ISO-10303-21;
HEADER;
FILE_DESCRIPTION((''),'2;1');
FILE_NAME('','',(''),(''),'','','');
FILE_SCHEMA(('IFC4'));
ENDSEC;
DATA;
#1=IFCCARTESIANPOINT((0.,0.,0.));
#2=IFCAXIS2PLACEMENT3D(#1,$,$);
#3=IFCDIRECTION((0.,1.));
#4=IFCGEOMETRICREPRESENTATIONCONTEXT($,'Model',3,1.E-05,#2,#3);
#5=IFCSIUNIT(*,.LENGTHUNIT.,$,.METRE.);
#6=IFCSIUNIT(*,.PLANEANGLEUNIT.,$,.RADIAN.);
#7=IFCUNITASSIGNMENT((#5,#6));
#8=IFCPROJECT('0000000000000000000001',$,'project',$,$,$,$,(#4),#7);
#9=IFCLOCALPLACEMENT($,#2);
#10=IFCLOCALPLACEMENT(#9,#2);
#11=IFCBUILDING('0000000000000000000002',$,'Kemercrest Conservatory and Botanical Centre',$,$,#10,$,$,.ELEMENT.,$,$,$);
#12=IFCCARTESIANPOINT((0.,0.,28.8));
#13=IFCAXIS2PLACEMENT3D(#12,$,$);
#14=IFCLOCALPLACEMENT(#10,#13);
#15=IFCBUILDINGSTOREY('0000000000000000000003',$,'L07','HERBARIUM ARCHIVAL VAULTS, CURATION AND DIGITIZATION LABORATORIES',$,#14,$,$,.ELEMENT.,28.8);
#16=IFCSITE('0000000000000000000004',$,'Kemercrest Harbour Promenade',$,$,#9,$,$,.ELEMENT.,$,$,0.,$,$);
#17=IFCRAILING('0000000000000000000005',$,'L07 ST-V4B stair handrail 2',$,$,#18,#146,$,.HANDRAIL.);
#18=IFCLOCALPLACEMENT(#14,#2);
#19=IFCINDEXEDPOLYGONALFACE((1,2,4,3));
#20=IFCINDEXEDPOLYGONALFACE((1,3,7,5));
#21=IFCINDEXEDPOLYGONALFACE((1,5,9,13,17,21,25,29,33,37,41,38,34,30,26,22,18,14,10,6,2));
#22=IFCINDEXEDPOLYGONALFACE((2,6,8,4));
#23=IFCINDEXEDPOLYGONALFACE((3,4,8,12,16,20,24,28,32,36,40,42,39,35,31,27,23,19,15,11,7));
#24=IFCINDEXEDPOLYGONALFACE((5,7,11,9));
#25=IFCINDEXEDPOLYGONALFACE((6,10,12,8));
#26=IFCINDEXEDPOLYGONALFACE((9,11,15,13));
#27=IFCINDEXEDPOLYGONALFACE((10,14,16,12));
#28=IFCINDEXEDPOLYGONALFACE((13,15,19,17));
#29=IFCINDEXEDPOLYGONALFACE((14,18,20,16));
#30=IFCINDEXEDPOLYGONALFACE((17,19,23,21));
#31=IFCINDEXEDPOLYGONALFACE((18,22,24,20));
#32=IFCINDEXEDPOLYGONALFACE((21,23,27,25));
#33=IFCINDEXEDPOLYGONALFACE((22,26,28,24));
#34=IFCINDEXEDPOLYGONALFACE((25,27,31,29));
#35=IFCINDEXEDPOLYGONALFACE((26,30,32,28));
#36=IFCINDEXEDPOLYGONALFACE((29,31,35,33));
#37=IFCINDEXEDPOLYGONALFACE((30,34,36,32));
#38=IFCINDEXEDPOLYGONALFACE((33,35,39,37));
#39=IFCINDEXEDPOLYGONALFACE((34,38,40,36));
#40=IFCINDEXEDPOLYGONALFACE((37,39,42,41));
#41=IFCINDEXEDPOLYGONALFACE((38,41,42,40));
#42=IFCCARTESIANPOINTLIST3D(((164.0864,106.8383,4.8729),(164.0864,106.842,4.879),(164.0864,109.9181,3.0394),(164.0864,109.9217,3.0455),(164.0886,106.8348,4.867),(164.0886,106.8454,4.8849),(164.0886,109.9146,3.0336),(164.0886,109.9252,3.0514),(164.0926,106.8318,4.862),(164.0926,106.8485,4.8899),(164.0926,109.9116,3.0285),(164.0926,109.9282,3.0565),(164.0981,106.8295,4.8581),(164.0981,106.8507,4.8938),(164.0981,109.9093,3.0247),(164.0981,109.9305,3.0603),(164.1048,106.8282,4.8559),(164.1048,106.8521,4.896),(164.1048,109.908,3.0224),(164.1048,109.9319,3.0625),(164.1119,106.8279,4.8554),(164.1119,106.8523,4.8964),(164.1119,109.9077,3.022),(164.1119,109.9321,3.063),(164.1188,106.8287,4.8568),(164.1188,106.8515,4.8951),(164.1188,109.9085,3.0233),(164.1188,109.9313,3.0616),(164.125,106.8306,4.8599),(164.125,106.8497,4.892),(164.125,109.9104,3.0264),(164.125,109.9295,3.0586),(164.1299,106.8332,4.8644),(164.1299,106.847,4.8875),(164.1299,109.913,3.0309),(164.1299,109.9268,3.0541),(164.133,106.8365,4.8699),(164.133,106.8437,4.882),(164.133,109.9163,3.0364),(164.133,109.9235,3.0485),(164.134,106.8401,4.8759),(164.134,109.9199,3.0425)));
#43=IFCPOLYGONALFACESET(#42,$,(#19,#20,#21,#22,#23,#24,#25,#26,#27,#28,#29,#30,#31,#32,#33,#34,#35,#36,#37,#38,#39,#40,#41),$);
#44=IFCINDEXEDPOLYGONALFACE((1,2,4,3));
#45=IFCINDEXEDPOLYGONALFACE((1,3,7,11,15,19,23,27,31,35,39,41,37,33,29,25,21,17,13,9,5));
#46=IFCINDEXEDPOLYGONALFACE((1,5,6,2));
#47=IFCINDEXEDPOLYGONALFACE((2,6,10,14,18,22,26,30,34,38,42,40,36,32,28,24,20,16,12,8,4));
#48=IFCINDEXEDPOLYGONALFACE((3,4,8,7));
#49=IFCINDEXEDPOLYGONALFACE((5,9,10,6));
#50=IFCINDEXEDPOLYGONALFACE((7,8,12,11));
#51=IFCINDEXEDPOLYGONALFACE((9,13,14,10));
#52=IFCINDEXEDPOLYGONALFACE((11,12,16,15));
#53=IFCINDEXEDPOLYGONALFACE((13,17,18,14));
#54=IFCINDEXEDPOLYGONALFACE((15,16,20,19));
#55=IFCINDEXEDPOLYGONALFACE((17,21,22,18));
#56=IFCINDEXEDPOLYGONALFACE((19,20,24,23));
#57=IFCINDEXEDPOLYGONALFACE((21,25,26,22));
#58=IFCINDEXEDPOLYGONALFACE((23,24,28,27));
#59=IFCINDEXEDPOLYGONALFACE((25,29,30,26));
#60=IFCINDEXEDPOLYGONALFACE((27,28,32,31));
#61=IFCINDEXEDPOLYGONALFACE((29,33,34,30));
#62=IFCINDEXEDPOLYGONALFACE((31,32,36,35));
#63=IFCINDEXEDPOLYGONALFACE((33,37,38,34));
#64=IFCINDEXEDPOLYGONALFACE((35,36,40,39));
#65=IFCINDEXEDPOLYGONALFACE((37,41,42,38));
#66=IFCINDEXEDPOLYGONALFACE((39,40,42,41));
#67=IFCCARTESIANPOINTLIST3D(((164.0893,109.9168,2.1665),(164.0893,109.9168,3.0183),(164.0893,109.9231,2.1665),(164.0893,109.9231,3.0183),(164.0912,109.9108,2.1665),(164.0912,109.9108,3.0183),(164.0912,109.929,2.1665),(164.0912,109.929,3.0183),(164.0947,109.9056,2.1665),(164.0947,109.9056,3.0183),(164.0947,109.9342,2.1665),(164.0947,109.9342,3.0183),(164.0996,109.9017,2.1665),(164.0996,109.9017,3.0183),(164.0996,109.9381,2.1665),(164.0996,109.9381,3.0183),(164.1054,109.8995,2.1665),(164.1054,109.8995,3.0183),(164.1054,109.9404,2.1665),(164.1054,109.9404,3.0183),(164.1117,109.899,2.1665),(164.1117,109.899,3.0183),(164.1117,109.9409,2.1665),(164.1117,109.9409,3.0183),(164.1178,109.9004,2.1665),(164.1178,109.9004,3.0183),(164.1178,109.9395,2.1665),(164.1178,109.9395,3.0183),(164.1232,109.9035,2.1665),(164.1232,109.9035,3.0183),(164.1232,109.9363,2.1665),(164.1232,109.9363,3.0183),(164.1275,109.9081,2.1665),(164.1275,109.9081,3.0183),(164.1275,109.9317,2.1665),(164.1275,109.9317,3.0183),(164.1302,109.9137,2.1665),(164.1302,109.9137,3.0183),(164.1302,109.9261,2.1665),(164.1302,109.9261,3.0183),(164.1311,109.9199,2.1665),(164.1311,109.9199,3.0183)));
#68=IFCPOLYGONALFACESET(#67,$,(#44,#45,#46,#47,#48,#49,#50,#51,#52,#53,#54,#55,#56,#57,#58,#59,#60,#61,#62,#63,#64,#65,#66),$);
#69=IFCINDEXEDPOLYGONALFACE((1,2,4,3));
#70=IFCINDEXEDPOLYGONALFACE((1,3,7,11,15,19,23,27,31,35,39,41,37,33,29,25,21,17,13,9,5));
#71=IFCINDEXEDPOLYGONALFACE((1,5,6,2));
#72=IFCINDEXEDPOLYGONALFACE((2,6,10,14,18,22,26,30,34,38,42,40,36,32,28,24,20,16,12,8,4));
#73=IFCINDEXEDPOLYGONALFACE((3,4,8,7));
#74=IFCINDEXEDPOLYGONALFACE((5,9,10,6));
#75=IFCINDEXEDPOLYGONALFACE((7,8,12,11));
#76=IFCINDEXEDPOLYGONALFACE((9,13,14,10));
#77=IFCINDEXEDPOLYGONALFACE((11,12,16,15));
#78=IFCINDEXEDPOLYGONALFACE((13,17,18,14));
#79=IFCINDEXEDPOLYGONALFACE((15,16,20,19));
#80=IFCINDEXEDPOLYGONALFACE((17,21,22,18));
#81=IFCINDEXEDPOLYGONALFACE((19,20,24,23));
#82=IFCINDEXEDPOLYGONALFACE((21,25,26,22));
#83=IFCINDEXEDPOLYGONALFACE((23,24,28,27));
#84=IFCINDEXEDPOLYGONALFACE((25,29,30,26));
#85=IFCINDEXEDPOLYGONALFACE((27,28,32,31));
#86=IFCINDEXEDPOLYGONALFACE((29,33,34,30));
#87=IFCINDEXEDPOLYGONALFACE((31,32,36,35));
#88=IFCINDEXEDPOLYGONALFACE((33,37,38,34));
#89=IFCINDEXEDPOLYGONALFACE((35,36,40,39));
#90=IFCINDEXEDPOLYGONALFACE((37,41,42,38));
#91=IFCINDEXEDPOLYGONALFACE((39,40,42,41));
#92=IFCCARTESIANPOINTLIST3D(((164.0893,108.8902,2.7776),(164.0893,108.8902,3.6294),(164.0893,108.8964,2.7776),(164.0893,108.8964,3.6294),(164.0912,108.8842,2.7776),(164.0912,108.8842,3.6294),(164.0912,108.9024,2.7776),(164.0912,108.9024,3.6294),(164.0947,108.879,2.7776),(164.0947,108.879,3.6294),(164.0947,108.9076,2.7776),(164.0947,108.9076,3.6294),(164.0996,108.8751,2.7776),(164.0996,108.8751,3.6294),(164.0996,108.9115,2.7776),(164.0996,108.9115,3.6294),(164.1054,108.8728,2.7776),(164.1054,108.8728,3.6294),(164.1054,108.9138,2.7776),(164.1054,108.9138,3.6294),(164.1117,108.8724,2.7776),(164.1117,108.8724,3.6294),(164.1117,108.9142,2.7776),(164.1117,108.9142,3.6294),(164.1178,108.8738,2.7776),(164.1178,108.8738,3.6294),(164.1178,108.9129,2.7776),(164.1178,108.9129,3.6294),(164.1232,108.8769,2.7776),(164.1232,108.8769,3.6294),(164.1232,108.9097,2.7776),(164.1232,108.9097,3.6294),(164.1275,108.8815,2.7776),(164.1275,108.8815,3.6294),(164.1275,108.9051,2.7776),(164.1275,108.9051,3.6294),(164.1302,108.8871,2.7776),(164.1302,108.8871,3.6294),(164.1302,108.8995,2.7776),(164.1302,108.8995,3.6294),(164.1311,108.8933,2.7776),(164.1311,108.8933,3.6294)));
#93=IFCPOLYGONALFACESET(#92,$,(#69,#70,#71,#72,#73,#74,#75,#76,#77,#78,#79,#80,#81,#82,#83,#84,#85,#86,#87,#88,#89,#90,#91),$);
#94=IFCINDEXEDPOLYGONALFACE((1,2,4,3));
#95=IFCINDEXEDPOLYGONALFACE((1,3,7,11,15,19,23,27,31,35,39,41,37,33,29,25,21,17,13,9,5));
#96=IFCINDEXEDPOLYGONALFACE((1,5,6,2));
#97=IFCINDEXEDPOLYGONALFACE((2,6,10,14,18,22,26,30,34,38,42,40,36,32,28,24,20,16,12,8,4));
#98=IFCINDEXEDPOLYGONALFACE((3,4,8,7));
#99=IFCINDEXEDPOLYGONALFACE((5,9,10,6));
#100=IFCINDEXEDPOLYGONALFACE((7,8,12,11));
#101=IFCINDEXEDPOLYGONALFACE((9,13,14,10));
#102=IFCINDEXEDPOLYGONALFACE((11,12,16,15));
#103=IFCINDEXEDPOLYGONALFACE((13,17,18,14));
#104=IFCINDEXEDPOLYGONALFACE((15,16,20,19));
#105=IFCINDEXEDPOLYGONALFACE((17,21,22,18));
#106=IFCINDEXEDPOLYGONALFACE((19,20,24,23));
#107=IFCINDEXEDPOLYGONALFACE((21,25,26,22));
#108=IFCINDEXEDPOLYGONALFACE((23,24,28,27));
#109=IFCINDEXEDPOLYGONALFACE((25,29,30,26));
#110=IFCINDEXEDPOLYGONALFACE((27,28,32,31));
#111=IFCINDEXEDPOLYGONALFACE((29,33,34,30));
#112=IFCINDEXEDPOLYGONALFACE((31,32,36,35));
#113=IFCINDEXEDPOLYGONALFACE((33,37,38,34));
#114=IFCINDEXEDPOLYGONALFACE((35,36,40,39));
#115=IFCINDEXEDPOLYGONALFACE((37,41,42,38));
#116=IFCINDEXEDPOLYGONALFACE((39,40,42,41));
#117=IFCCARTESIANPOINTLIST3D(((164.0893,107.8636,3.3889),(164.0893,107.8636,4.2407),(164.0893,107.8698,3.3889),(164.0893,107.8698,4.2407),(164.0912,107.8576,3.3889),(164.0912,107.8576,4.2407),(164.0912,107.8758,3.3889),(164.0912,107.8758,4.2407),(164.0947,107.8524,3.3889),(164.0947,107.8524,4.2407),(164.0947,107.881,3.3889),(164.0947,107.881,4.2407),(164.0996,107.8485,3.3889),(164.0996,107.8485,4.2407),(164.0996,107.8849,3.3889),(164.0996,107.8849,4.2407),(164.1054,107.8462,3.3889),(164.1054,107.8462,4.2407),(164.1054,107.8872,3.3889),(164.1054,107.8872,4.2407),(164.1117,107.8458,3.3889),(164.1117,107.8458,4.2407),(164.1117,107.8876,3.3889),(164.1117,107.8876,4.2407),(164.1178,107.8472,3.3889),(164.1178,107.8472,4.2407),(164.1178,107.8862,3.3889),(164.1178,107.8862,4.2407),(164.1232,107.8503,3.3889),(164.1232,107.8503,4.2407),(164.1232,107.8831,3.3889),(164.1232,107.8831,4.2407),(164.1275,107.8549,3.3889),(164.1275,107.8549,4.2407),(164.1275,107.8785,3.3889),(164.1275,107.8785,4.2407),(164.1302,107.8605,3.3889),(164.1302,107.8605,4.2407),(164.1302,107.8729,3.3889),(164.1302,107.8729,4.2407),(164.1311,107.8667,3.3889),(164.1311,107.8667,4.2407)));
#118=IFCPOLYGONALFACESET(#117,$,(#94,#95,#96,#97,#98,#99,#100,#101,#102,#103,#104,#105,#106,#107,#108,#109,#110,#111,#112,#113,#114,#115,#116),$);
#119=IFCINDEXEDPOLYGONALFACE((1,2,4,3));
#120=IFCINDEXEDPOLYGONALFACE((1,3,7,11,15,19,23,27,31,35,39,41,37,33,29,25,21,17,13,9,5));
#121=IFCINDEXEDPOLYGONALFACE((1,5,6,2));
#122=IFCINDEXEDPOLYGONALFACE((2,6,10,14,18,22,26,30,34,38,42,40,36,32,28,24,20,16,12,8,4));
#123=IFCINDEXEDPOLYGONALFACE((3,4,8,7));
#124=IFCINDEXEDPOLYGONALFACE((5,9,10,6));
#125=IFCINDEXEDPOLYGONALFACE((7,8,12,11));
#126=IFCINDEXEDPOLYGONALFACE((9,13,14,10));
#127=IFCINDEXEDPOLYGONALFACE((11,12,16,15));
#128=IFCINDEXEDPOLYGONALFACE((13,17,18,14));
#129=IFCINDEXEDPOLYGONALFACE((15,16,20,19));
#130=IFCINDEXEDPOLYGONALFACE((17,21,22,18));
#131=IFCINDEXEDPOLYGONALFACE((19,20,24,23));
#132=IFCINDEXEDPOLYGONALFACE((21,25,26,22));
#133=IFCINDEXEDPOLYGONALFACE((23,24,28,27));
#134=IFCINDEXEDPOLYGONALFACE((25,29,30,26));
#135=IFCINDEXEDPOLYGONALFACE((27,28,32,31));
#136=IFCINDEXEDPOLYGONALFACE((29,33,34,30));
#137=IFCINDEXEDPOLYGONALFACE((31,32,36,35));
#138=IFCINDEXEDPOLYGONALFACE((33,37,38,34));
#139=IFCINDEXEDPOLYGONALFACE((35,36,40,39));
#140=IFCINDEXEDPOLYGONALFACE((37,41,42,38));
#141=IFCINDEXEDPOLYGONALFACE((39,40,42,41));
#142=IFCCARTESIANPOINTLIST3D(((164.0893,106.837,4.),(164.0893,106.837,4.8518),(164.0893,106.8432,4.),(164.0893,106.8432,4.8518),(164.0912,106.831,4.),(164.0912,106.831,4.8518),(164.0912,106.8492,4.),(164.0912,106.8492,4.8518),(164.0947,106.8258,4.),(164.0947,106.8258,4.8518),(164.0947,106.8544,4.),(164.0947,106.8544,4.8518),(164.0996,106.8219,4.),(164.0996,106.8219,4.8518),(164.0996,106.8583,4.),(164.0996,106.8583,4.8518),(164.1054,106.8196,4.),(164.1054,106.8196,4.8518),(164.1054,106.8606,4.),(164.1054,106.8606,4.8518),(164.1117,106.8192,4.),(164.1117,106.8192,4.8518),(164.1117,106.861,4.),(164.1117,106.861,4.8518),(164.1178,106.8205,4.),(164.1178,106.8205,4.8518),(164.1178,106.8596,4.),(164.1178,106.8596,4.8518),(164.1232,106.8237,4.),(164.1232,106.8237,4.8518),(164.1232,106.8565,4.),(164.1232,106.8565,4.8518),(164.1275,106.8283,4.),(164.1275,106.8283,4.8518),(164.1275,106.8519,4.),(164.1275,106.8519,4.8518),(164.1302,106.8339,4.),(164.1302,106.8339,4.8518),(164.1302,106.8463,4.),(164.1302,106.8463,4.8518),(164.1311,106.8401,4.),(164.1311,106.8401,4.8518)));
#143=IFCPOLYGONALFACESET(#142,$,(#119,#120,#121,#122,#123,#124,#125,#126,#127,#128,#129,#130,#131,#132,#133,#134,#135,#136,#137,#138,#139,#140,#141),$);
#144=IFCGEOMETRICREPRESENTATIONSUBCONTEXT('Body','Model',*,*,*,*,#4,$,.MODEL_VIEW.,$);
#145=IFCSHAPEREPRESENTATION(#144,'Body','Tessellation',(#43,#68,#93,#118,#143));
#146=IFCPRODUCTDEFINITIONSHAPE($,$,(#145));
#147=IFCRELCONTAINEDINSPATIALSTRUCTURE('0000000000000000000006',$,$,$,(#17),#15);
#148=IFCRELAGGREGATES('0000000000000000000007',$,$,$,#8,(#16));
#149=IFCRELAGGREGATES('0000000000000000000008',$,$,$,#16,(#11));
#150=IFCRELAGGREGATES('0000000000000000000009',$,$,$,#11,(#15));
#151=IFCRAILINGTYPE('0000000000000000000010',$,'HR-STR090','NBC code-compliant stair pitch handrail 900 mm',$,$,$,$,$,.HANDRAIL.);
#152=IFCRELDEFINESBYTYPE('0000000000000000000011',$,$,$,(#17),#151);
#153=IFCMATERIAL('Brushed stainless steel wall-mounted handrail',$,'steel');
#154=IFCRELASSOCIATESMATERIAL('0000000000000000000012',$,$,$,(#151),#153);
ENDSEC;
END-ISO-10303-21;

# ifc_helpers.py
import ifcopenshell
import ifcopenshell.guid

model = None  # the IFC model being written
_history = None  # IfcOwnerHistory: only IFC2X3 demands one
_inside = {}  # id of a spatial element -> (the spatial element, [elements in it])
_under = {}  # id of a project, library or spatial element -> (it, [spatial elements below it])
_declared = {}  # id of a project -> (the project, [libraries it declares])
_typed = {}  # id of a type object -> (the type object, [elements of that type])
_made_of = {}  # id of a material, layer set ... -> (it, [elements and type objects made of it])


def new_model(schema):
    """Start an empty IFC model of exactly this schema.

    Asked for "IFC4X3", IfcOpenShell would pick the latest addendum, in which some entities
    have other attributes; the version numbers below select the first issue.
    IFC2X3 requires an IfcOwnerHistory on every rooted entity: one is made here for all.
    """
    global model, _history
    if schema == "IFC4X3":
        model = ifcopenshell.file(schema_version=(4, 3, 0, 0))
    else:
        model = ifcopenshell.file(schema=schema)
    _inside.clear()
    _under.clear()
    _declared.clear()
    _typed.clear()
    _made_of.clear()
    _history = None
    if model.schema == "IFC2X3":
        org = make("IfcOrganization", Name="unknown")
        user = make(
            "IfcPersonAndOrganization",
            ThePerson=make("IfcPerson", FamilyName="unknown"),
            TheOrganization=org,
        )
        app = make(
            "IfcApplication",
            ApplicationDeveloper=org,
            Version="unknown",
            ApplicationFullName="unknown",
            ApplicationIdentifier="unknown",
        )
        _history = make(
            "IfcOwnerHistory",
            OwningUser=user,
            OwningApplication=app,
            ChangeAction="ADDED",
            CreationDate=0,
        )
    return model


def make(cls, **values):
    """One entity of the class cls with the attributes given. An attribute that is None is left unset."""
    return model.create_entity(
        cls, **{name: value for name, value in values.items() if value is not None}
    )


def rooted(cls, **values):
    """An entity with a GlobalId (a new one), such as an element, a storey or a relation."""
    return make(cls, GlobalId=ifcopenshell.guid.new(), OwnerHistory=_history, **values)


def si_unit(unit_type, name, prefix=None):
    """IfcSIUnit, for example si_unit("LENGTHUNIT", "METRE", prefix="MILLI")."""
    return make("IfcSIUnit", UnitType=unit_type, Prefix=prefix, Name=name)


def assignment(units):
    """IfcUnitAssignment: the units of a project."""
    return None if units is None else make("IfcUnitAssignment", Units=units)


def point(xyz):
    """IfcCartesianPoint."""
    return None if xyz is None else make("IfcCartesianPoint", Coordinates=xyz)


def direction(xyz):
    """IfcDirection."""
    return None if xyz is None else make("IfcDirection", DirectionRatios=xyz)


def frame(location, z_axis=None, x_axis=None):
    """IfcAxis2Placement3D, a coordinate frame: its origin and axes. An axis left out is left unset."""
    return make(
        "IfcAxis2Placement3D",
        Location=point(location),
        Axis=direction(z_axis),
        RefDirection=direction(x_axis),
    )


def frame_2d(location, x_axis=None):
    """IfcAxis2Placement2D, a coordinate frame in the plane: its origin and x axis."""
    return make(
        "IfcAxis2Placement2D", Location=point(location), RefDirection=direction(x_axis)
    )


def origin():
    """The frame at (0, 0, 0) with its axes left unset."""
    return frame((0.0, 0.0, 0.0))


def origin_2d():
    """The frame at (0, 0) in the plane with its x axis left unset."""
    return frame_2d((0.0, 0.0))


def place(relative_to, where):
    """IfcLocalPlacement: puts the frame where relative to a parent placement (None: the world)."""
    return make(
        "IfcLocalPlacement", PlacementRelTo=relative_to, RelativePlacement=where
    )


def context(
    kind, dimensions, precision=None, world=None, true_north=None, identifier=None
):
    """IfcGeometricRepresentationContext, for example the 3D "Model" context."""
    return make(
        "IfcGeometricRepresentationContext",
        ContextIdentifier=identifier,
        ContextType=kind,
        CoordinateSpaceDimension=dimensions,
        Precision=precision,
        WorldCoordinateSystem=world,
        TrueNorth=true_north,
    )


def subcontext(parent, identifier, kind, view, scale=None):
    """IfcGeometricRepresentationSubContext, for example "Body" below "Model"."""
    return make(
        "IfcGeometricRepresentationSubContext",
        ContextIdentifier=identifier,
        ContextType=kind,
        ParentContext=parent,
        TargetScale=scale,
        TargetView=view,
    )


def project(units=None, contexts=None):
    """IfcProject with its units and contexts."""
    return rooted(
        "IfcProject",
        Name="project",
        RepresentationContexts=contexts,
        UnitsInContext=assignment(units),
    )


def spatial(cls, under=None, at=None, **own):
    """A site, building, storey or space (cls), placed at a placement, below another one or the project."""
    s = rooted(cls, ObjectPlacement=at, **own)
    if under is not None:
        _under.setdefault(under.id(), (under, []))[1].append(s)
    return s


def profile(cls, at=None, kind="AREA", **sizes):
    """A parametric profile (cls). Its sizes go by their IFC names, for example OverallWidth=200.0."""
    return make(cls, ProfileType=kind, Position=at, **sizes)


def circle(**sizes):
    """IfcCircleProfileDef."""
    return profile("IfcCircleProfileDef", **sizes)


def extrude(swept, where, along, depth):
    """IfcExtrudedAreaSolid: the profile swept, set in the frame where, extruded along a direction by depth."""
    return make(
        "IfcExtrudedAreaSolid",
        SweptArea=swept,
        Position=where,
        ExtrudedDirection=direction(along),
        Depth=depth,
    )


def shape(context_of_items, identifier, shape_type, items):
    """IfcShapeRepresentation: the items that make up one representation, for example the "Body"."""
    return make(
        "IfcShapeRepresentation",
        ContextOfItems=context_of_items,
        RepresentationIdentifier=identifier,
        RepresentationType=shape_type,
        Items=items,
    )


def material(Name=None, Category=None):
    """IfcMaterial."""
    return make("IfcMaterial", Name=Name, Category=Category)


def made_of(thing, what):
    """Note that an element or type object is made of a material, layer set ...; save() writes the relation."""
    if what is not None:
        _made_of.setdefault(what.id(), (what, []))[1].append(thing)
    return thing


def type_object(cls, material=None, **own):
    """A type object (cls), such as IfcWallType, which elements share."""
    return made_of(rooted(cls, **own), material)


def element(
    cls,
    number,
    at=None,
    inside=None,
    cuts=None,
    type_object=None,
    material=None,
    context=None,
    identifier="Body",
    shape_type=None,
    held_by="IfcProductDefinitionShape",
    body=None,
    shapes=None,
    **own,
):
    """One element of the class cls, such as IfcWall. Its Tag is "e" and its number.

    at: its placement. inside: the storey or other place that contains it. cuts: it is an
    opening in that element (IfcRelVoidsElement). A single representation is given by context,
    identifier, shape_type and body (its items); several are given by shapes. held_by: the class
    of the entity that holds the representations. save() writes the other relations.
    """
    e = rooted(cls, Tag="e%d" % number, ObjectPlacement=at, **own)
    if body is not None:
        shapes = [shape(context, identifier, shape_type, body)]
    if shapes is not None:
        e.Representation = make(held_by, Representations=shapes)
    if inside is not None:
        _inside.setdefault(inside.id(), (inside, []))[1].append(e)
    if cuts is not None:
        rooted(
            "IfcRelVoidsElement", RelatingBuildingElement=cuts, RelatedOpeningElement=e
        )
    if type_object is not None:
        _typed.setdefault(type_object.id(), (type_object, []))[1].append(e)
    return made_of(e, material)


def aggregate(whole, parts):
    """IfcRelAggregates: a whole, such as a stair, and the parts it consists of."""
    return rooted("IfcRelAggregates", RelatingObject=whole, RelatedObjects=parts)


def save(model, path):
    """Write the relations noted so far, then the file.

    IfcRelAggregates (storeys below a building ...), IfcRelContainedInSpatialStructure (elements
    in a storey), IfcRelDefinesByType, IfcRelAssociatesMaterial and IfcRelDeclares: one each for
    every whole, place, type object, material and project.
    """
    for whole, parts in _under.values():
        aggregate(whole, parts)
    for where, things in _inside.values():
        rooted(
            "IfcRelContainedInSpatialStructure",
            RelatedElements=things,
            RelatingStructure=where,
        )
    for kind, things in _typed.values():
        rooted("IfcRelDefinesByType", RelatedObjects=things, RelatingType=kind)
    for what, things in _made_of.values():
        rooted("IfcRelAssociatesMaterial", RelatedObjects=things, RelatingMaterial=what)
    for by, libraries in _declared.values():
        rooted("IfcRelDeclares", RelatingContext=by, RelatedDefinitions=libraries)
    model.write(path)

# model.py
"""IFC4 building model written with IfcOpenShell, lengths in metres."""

from ifc_helpers import new_model, si_unit, direction, frame, origin, origin_2d, place, context, subcontext, project, spatial, circle, extrude, material, type_object, element, save


model = new_model("IFC4")

# Units and contexts
model_context = context("Model", 3, precision=1e-05, world=origin(), true_north=direction((0.0, 1.0)))
body_context = subcontext(model_context, "Body", "Model", "MODEL_VIEW")
ifc_project = project(units=[si_unit("LENGTHUNIT", "METRE"), si_unit("PLANEANGLEUNIT", "RADIAN")], contexts=[model_context])

# Site, building, storey
site_placement = place(None, origin())
site = spatial("IfcSite", under=ifc_project, at=site_placement, Name="Kemercrest Harbour Promenade", CompositionType="ELEMENT", RefElevation=0.0)
building_placement = place(site_placement, origin())
building = spatial("IfcBuilding", under=site, at=building_placement, Name="Kemercrest Conservatory and Botanical Centre", CompositionType="ELEMENT")
storey_placement = place(building_placement, frame((0.0, 0.0, 28.8)))
storey = spatial("IfcBuildingStorey", under=building, at=storey_placement, Name="L07", Description="HERBARIUM ARCHIVAL VAULTS, CURATION AND DIGITIZATION LABORATORIES", CompositionType="ELEMENT", Elevation=28.8)

# Railing
ifc_material_1 = material(Name="Brushed stainless steel wall-mounted handrail", Category="steel")
railing_type_1 = type_object("IfcRailingType", Name="HR-STR090", Description="NBC code-compliant stair pitch handrail 900 mm", PredefinedType="HANDRAIL", material=ifc_material_1)
for number, where, name in (
    (1, (164.1101, 109.9199, 2.1665), "L07 ST-V4B stair handrail 2"),
):
    element("IfcRailing", number, at=place(storey_placement, frame(where)), inside=storey, type_object=railing_type_1, Name=name, PredefinedType="HANDRAIL", context=body_context, shape_type="SweptSolid", body=[
        extrude(circle(Radius=0.0239, at=origin_2d()), frame((0.0, 0.0, 0.876), z_axis=(0.0, -0.859261, 0.511538), x_axis=(1.0, 0.0, 0.0)), (0.0, 0.0, 1.0), 3.5842),
        extrude(circle(Radius=0.021, at=origin_2d()), origin(), (0.0, 0.0, 1.0), 0.8518),
        extrude(circle(Radius=0.021, at=origin_2d()), frame((0.0, -1.0266, 0.6111)), (0.0, 0.0, 1.0), 0.8518),
        extrude(circle(Radius=0.021, at=origin_2d()), frame((0.0, -2.0532, 1.2224)), (0.0, 0.0, 1.0), 0.8518),
        extrude(circle(Radius=0.021, at=origin_2d()), frame((0.0, -3.0798, 1.8335)), (0.0, 0.0, 1.0), 0.8518),
    ])

save(model, "model.ifc")
